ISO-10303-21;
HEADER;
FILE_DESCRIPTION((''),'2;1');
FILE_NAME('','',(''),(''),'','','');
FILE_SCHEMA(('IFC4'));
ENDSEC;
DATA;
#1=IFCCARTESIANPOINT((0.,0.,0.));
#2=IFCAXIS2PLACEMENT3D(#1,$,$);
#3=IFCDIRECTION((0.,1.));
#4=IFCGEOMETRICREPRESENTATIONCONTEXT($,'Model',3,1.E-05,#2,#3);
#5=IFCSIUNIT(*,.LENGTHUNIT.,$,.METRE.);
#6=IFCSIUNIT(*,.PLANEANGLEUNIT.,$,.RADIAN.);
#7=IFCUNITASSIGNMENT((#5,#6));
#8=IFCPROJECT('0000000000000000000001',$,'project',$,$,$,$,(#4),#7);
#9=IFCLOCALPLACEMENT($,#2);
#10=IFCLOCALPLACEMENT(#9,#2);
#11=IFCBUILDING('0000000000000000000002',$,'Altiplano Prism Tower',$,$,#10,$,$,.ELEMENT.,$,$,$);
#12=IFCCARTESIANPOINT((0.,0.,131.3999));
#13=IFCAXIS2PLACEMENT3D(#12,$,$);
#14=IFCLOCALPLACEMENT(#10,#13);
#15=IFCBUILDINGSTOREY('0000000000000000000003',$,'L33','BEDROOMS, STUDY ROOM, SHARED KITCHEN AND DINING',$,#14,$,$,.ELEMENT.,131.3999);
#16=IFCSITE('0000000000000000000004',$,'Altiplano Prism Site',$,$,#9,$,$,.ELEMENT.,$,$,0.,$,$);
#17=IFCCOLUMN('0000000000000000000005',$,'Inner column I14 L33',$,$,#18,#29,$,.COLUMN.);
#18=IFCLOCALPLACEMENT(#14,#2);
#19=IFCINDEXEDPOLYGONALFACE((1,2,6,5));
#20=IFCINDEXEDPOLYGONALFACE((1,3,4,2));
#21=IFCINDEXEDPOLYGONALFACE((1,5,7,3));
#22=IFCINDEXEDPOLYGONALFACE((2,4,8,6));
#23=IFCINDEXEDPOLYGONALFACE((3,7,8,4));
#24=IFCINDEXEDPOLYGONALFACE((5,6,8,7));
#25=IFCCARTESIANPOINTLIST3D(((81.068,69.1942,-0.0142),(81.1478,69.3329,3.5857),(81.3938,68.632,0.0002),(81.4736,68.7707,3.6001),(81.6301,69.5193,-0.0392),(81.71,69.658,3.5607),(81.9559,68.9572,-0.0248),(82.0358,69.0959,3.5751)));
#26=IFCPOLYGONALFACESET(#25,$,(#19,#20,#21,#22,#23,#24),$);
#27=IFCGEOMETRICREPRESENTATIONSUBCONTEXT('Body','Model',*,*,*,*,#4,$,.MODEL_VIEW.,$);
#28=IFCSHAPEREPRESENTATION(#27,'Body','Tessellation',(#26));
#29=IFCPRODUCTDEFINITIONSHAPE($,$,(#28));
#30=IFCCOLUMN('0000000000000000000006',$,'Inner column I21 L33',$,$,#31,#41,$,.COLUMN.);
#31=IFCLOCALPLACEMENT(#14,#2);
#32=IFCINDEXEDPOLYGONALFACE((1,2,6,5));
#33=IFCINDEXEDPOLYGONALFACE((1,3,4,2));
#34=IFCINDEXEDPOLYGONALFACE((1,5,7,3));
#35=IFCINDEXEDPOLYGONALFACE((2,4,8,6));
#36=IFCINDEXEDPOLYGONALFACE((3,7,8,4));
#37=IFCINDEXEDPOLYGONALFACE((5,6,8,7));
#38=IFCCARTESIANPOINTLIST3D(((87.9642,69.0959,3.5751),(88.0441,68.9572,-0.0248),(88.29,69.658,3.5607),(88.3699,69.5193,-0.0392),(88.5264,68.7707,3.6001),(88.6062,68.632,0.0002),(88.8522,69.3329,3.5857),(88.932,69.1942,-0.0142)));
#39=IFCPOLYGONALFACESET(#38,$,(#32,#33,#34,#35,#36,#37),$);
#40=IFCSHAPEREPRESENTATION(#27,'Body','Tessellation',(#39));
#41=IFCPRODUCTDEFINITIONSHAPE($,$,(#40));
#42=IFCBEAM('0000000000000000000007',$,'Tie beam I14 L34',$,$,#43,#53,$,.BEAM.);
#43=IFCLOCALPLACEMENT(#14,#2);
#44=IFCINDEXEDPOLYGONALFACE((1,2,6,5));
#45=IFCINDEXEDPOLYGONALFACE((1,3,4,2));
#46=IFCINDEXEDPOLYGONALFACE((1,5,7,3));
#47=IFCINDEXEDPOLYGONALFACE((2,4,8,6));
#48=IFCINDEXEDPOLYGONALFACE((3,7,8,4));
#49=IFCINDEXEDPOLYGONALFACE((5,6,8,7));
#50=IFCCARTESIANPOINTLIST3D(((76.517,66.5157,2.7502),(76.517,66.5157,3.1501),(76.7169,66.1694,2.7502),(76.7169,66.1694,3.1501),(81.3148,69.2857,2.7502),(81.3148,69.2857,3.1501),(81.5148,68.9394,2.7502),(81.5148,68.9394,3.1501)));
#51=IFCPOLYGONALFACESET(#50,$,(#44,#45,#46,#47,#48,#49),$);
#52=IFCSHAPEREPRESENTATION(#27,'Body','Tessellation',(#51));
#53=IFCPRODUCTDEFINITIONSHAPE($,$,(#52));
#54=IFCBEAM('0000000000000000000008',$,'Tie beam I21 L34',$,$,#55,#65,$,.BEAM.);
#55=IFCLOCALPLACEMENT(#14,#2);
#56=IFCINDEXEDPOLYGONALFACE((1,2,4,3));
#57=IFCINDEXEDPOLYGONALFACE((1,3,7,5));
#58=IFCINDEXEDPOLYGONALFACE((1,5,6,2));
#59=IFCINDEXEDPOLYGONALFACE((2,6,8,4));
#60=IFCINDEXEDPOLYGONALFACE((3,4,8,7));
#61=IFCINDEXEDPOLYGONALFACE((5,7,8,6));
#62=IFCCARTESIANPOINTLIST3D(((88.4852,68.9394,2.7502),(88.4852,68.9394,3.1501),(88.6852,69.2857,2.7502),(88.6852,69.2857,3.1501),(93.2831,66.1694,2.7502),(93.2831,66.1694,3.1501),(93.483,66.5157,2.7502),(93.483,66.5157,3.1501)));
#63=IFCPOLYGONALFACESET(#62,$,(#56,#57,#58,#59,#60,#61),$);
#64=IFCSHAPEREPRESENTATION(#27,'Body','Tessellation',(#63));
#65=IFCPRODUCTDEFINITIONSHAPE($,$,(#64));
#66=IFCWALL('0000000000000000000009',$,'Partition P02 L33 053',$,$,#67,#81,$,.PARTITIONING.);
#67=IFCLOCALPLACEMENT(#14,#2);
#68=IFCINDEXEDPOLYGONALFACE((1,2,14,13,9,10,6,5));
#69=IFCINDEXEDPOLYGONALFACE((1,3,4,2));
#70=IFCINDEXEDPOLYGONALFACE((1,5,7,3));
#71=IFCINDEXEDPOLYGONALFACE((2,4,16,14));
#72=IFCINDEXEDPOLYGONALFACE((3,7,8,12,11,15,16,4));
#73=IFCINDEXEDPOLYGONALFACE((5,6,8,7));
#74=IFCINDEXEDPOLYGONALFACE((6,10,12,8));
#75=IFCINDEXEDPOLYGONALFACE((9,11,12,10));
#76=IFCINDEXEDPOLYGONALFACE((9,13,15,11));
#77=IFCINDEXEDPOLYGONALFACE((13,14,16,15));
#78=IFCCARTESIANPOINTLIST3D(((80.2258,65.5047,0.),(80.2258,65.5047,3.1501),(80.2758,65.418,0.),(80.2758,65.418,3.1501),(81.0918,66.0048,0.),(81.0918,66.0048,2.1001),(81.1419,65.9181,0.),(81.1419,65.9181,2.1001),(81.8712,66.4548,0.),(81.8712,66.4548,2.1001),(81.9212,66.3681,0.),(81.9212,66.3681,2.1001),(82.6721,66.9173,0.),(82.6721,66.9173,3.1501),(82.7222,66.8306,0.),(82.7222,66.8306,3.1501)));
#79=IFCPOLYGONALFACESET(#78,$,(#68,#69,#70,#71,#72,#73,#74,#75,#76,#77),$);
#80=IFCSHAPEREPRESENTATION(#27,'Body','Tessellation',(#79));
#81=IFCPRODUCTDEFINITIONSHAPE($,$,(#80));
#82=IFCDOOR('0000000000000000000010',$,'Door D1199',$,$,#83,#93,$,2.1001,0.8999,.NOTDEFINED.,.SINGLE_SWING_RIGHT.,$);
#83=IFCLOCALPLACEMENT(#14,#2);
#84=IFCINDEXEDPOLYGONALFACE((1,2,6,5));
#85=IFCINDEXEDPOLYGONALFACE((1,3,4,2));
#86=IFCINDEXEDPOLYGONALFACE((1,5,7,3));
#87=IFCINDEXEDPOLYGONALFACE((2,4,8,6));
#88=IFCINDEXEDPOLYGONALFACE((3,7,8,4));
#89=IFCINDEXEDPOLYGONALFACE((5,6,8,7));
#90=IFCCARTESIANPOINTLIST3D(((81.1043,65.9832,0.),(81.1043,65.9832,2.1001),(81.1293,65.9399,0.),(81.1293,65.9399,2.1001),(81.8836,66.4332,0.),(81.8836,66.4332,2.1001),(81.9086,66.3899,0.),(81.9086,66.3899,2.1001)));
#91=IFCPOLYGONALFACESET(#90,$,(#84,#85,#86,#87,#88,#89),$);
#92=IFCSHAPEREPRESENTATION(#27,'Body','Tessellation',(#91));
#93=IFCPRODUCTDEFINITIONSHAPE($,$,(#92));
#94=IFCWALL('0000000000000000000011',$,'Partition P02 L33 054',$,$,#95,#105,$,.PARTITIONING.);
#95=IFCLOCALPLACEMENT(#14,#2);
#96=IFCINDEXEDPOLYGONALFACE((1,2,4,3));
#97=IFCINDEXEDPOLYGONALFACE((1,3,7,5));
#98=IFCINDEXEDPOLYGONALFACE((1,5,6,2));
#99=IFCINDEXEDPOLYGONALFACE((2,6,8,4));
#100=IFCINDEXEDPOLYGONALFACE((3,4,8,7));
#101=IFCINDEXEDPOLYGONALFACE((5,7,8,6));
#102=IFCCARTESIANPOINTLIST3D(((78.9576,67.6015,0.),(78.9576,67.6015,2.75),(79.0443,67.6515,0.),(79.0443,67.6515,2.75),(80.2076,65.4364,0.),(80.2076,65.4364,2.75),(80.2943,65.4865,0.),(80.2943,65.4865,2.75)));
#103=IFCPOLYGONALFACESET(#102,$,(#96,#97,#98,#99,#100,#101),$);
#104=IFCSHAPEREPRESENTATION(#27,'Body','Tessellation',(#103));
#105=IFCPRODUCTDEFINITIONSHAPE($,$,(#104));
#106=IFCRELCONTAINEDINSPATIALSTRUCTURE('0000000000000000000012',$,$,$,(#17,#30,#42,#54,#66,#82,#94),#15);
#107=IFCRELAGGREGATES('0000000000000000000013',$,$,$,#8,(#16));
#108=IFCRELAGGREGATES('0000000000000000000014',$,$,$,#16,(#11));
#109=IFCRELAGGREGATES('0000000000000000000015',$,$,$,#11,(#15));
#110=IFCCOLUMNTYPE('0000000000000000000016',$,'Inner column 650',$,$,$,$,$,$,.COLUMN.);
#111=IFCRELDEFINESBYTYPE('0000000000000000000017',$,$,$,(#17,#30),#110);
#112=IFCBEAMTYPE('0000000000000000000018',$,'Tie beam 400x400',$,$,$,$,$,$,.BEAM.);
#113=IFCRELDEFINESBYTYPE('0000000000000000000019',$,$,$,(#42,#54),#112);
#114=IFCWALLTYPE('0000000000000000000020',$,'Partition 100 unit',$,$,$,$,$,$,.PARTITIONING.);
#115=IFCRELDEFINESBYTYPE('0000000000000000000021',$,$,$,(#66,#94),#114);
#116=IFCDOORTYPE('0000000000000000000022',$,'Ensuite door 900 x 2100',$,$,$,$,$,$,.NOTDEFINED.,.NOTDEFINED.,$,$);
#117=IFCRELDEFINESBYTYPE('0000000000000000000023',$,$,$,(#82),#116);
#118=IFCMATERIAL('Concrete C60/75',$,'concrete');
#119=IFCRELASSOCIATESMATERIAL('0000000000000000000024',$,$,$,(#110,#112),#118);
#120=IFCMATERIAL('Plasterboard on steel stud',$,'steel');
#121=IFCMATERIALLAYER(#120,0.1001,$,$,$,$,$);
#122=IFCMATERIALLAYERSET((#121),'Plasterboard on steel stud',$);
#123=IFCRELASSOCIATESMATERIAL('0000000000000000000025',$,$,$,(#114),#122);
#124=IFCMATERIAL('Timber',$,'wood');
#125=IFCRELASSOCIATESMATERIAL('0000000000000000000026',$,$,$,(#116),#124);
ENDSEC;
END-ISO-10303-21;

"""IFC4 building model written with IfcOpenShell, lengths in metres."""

from ifc_helpers import new_model, si_unit, direction, frame, frame_2d, origin, origin_2d, place, context, subcontext, project, spatial, rectangle, extrude, material, layer, layer_set, material_profile, profile_set, type_object, element, fill, save


model = new_model("IFC4")

# Units and contexts
model_context = context("Model", 3, precision=1e-05, world=origin(), true_north=direction((0.0, 1.0)))
body_context = subcontext(model_context, "Body", "Model", "MODEL_VIEW")
ifc_project = project(units=[si_unit("LENGTHUNIT", "METRE"), si_unit("PLANEANGLEUNIT", "RADIAN")], contexts=[model_context])

# Site, building, storey
site_placement = place(None, origin())
site = spatial("IfcSite", under=ifc_project, at=site_placement, Name="Altiplano Prism Site", CompositionType="ELEMENT", RefElevation=0.0)
building_placement = place(site_placement, origin())
building = spatial("IfcBuilding", under=site, at=building_placement, Name="Altiplano Prism Tower", CompositionType="ELEMENT")
storey_placement = place(building_placement, frame((0.0, 0.0, 131.3999)))
storey = spatial("IfcBuildingStorey", under=building, at=storey_placement, Name="L33", Description="BEDROOMS, STUDY ROOM, SHARED KITCHEN AND DINING", CompositionType="ELEMENT", Elevation=131.3999)

# Columns
ifc_material_1 = material(Name="Concrete C60/75", Category="concrete")
ifc_material_profile_1 = material_profile(ifc_material_1, rectangle(XDim=0.6499, YDim=0.6499, at=origin_2d()), Name="Inner column 650")
ifc_profile_set_1 = profile_set([ifc_material_profile_1], Name="Concrete C60/75")
column_type = type_object("IfcColumnType", Name="Inner column 650", PredefinedType="COLUMN", material=ifc_profile_set_1)
for number, where, z_axis, x_axis, name in (
    (1, (81.512, 69.0757, -0.0195), (0.022155, 0.038484, 0.999014), (-0.864982, -0.500327, 0.038456), "Inner column I14 L33"),
    (2, (88.488, 69.0757, -0.0195), (-0.022155, 0.038484, 0.999014), (-0.501313, -0.864981, 0.022203), "Inner column I21 L33"),
):
    element("IfcColumn", number, at=place(storey_placement, frame(where, z_axis=z_axis, x_axis=x_axis)), inside=storey, type_object=column_type, Name=name, PredefinedType="COLUMN", context=body_context, shape_type="SweptSolid", body=[
        extrude(rectangle(XDim=0.6499, YDim=0.6499, at=origin_2d()), origin(), (0.0, 0.0, 1.0), 3.6035),
    ])

# Beams
ifc_material_profile_2 = material_profile(ifc_material_1, rectangle(XDim=0.3999, YDim=0.3999, at=origin_2d()), Name="Tie beam 400x400")
ifc_profile_set_2 = profile_set([ifc_material_profile_2], Name="Concrete C60/75")
beam_type = type_object("IfcBeamType", Name="Tie beam 400x400", PredefinedType="BEAM", material=ifc_profile_set_2)
for number, where, z_axis, x_axis, name in (
    (3, (81.4148, 69.1125, 2.9502), (-0.866027, -0.499997, 0.0), (0.499997, -0.866027, 0.0), "Tie beam I14 L34"),
    (4, (88.5852, 69.1125, 2.9502), (0.866027, -0.499997, 0.0), (0.499997, 0.866027, 0.0), "Tie beam I21 L34"),
):
    element("IfcBeam", number, at=place(storey_placement, frame(where, z_axis=z_axis, x_axis=x_axis)), inside=storey, type_object=beam_type, Name=name, PredefinedType="BEAM", context=body_context, shape_type="SweptSolid", body=[
        extrude(rectangle(XDim=0.3999, YDim=0.3999, at=origin_2d()), origin(), (0.0, 0.0, 1.0), 5.54),
    ])

# Wall, opening, door
ifc_material_2 = material(Name="Plasterboard on steel stud", Category="steel")
ifc_layer_1 = layer(ifc_material_2, 0.1001)
ifc_layer_set_1 = layer_set([ifc_layer_1], Name="Plasterboard on steel stud")
wall_type_1 = type_object("IfcWallType", Name="Partition 100 unit", PredefinedType="PARTITIONING", material=ifc_layer_set_1)
wall_1_placement = place(storey_placement, frame((82.6973, 66.874, 0.0), z_axis=(0.0, 0.0, 1.0), x_axis=(-0.86599, -0.500062, 0.0)))
wall_1 = element("IfcWall", 5, at=wall_1_placement, inside=storey, type_object=wall_type_1, Name="Partition P02 L33 053", PredefinedType="PARTITIONING", context=body_context, shape_type="SweptSolid", body=[
    extrude(rectangle(XDim=2.825, YDim=0.1001, at=frame_2d((1.4126, 0.0))), origin(), (0.0, 0.0, 1.0), 3.1501),
])
opening_1_placement = place(wall_1_placement, frame((0.925, 0.0, 0.0)))
opening_1 = element("IfcOpeningElement", 6, at=opening_1_placement, cuts=wall_1, PredefinedType="OPENING", context=body_context, shape_type="SweptSolid", body=[
    extrude(rectangle(XDim=0.8999, YDim=2.1001, at=frame_2d((0.45, 1.05))), frame((0.0, 0.0605, 0.0), z_axis=(0.0, -1.0, 0.0), x_axis=(1.0, 0.0, 0.0)), (0.0, 0.0, 1.0), 0.1211),
])
ifc_material_3 = material(Name="Timber", Category="wood")
door_type_1 = type_object("IfcDoorType", Name="Ensuite door 900 x 2100", OperationType="NOTDEFINED", PredefinedType="NOTDEFINED", material=ifc_material_3)
door_1_placement = place(opening_1_placement, origin())
door_1 = element("IfcDoor", 7, at=door_1_placement, inside=storey, type_object=door_type_1, Name="Door D1199", OperationType="SINGLE_SWING_RIGHT", OverallHeight=2.1001, OverallWidth=0.8999, PredefinedType="NOTDEFINED", context=body_context, shape_type="SweptSolid", body=[
    extrude(rectangle(XDim=0.8999, YDim=2.1001, at=frame_2d((0.45, 1.05))), frame((0.0, 0.0249, 0.0), z_axis=(0.0, -1.0, 0.0), x_axis=(1.0, 0.0, 0.0)), (0.0, 0.0, 1.0), 0.05),
])
fill(opening_1, door_1)

# Wall
wall_2_placement = place(storey_placement, frame((80.251, 65.4614, 0.0), z_axis=(0.0, 0.0, 1.0), x_axis=(-0.500004, 0.866023, 0.0)))
element("IfcWall", 8, at=wall_2_placement, inside=storey, type_object=wall_type_1, Name="Partition P02 L33 054", PredefinedType="PARTITIONING", context=body_context, shape_type="SweptSolid", body=[
    extrude(rectangle(XDim=2.5, YDim=0.1001, at=frame_2d((1.25, 0.0))), origin(), (0.0, 0.0, 1.0), 2.75),
])

save(model, "model.ifc")
